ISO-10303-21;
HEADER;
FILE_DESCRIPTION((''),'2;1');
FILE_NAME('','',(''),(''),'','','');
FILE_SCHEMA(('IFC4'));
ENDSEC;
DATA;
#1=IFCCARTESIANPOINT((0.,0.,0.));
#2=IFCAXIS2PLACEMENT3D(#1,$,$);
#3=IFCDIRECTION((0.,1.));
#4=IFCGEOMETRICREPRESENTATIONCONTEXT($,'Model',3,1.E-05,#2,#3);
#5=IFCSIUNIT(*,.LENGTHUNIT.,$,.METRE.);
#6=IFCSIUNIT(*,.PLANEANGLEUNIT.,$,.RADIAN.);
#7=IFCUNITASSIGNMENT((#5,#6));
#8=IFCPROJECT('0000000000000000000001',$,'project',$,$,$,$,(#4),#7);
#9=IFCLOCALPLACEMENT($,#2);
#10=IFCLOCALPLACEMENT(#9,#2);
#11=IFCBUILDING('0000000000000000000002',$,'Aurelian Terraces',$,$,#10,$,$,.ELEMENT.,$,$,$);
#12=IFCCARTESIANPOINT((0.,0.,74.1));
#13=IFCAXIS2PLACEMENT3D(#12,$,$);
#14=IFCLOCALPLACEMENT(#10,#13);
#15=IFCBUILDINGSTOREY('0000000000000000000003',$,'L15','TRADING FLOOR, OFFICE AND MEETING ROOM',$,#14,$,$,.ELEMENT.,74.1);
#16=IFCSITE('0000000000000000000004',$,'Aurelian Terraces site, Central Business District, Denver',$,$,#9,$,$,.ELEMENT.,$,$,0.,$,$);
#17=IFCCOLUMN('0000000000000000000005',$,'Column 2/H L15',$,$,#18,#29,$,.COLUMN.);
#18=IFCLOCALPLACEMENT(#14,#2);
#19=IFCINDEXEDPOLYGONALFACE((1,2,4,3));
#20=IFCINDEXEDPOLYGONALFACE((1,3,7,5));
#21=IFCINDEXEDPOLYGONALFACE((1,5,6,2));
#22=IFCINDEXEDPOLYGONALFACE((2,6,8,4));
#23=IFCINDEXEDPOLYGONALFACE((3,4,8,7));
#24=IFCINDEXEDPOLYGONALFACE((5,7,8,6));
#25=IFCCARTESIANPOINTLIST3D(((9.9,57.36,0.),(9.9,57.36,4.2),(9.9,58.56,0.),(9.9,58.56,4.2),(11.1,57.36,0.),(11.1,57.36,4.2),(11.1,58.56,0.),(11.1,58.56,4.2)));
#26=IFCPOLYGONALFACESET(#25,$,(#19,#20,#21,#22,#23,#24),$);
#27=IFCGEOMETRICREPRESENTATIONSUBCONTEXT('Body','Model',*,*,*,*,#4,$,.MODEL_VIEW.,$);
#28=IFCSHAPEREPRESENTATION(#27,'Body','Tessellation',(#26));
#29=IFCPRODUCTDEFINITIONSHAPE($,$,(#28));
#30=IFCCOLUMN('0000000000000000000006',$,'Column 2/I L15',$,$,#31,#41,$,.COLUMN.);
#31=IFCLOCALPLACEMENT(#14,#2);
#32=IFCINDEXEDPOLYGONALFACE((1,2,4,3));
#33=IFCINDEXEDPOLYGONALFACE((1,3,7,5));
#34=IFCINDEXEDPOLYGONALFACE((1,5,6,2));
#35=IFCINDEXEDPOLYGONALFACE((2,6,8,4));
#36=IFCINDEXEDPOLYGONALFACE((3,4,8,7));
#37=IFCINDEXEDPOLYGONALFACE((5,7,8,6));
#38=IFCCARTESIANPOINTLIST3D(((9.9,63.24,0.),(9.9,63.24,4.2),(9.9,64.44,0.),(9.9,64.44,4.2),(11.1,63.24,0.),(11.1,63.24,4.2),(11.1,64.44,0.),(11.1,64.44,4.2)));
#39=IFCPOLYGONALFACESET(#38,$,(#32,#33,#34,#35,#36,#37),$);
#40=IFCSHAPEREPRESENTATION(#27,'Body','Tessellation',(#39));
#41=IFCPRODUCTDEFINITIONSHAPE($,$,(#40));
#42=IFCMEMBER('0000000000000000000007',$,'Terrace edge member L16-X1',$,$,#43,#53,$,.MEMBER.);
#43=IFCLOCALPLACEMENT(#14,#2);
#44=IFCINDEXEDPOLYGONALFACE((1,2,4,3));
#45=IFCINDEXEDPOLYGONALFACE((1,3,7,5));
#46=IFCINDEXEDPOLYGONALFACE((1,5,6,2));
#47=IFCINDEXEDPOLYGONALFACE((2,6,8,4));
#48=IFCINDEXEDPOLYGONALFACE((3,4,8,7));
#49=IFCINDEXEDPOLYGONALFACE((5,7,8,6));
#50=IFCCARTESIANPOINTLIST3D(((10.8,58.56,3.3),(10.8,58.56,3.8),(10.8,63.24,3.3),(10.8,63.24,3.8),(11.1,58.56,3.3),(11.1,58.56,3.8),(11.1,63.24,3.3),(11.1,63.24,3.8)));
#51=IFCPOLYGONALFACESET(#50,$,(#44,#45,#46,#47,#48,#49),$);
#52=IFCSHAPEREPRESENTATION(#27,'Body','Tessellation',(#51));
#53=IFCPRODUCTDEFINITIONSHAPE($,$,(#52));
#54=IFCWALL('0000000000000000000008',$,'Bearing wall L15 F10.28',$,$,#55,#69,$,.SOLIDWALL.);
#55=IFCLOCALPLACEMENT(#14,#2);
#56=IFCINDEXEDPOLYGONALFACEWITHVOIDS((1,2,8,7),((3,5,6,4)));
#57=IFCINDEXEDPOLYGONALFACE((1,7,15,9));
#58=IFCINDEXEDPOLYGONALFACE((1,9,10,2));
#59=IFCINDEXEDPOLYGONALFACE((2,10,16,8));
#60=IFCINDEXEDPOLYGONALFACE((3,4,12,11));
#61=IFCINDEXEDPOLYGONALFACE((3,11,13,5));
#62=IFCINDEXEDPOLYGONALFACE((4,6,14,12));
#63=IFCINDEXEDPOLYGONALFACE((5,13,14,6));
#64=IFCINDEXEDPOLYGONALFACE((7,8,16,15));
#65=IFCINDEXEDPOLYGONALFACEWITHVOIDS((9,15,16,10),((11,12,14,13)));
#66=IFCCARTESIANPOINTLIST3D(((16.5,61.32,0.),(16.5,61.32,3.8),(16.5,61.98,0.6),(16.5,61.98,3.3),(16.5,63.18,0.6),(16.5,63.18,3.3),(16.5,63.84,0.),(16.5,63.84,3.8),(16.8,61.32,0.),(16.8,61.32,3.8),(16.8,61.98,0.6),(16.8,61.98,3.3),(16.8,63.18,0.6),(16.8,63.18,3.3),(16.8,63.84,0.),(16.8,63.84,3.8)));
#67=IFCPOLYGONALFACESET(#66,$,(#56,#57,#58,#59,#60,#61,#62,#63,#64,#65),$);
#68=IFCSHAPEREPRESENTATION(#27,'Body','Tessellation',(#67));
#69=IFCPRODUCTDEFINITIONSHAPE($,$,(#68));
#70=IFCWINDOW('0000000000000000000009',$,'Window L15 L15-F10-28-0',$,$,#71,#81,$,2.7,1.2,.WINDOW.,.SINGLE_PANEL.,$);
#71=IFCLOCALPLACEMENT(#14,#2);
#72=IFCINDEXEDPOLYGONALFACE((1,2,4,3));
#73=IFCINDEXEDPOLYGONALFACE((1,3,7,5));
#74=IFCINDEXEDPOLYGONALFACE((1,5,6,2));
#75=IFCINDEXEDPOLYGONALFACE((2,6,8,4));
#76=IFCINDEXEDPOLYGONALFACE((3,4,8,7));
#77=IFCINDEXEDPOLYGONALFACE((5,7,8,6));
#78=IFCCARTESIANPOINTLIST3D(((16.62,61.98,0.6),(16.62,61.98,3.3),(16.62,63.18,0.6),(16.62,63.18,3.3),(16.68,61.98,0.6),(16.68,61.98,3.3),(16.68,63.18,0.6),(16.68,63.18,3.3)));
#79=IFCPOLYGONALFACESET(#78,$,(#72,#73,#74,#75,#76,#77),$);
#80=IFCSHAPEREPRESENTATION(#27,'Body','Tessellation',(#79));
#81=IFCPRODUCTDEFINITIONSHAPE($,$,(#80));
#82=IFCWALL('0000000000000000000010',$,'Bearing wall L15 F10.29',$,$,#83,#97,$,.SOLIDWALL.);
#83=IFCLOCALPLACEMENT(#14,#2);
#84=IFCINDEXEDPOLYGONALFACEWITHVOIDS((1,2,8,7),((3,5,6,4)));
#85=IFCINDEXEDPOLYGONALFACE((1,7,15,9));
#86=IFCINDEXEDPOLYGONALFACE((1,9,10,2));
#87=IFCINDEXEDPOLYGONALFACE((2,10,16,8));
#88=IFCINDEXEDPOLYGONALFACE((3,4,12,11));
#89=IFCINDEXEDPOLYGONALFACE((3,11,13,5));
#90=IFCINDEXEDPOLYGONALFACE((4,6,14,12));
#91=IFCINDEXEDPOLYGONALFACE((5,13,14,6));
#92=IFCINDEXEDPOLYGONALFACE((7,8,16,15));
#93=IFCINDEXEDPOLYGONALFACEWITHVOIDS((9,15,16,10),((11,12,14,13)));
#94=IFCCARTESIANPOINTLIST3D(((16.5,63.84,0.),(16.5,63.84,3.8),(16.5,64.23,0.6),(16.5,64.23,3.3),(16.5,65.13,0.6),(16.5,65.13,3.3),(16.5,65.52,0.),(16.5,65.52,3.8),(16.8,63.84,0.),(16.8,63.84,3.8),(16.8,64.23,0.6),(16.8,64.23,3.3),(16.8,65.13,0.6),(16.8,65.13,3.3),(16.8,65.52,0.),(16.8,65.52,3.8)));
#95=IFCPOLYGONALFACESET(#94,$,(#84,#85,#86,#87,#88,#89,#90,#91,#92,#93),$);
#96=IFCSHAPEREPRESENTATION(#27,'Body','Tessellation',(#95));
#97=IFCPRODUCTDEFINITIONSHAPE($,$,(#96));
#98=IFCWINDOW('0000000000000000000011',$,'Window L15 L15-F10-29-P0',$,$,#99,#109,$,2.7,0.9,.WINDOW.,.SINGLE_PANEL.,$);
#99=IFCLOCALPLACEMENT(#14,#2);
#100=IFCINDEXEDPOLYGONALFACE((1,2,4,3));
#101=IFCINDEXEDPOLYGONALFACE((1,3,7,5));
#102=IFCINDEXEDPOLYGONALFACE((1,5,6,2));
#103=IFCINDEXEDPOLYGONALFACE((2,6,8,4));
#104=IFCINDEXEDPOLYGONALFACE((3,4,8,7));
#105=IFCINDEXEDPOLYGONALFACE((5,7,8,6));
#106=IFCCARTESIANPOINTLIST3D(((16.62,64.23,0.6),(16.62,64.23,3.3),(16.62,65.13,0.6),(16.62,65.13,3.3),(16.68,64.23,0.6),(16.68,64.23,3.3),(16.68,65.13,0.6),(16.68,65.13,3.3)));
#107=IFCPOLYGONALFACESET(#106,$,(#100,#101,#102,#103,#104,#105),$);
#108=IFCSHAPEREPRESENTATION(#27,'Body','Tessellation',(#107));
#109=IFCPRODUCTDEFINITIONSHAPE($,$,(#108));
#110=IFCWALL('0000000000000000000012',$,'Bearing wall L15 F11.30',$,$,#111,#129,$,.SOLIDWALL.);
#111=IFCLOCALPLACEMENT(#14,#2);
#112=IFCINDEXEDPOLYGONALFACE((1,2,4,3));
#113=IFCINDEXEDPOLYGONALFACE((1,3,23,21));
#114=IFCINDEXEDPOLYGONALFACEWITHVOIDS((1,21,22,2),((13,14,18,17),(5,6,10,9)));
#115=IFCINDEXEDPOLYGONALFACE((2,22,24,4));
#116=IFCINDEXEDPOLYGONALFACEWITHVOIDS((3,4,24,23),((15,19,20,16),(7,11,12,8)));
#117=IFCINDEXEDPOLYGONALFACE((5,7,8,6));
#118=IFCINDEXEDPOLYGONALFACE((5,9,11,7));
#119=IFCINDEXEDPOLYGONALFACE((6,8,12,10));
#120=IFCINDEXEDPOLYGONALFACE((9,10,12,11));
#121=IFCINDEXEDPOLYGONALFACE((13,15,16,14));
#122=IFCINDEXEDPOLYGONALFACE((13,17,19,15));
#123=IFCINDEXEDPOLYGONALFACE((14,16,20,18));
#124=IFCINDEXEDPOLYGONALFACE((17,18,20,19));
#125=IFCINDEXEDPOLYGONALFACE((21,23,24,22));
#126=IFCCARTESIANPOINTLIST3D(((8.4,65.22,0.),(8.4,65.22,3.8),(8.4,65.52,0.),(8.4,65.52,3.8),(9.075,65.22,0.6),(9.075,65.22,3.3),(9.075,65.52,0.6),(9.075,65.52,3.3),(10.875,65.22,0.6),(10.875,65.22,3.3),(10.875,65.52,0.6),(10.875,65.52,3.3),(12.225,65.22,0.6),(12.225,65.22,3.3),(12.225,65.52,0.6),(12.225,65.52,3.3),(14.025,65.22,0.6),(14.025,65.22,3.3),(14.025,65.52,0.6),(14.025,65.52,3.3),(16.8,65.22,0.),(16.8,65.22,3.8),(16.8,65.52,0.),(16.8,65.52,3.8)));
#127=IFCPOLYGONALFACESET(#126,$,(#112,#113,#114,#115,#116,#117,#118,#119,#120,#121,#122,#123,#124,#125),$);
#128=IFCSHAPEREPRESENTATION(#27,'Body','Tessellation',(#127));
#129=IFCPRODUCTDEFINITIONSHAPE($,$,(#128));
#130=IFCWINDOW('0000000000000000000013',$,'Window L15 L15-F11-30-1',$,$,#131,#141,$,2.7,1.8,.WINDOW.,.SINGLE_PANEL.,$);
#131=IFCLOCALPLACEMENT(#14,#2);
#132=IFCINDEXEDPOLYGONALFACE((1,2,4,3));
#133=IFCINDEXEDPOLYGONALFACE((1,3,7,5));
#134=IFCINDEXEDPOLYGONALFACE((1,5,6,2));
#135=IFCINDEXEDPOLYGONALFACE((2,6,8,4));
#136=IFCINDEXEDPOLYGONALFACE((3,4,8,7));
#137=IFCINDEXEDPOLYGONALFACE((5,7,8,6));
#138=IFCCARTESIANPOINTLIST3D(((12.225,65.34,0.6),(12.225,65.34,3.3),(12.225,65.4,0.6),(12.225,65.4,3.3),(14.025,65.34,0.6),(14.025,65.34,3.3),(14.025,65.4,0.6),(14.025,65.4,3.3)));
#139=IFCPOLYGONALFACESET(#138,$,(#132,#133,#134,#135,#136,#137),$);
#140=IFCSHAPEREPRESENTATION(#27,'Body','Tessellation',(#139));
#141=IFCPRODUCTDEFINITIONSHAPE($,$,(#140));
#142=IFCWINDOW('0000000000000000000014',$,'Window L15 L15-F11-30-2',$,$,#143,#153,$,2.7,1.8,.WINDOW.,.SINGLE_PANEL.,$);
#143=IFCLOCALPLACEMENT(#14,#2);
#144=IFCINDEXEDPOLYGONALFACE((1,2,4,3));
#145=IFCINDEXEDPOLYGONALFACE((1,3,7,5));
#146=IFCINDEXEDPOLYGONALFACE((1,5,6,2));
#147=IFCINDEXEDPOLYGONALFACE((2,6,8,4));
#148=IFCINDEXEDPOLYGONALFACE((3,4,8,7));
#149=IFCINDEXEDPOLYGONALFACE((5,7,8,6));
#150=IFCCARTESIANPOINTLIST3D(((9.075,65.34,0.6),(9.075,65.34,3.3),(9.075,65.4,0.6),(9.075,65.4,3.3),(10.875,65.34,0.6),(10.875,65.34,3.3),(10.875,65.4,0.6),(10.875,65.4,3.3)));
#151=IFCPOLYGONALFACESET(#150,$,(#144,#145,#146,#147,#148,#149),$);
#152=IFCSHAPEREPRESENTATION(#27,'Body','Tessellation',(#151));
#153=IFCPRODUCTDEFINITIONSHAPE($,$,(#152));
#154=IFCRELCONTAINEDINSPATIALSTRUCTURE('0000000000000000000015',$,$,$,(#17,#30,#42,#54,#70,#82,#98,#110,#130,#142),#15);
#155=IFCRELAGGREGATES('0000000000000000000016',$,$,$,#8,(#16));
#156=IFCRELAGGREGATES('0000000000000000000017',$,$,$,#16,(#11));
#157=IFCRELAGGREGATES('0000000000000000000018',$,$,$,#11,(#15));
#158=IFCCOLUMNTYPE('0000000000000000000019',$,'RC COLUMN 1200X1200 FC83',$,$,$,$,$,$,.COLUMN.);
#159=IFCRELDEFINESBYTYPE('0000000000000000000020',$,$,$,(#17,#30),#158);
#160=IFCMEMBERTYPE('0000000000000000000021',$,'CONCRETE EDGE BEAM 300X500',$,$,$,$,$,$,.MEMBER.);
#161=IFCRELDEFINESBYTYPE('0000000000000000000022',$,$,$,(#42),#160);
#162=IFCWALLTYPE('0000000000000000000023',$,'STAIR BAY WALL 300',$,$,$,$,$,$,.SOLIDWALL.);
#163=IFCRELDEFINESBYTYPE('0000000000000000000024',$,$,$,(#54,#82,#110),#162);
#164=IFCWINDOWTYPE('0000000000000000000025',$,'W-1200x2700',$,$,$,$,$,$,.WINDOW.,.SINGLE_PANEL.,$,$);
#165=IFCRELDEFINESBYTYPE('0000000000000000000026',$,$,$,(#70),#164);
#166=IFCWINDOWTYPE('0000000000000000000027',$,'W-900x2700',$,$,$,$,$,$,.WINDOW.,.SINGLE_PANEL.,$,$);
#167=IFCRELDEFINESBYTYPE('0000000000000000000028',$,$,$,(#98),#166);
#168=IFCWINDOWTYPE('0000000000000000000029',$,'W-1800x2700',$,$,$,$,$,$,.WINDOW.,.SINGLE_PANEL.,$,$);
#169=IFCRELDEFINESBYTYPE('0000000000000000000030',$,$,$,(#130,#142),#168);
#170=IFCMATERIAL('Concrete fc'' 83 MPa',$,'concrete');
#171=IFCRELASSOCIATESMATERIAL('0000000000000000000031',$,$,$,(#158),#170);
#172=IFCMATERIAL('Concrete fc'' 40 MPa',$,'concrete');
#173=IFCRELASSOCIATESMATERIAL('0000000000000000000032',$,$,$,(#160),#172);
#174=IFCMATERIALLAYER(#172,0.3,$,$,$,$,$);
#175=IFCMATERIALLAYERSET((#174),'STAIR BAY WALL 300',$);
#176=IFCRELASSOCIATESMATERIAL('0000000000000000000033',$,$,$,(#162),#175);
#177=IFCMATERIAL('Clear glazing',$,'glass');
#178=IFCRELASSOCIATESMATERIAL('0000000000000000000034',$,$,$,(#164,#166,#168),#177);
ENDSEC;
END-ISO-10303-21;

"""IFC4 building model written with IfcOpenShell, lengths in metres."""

from ifc_helpers import new_model, si_unit, direction, frame, frame_2d, origin, origin_2d, place, context, subcontext, project, spatial, rectangle, extrude, source, transform, mapped, material, layer, layer_set, material_profile, profile_set, type_object, element, fill, save


model = new_model("IFC4")

# Units and contexts
model_context = context("Model", 3, precision=1e-05, world=origin(), true_north=direction((0.0, 1.0)))
body_context = subcontext(model_context, "Body", "Model", "MODEL_VIEW")
ifc_project = project(units=[si_unit("LENGTHUNIT", "METRE"), si_unit("PLANEANGLEUNIT", "RADIAN")], contexts=[model_context])

# Site, building, storey
site_placement = place(None, origin())
site = spatial("IfcSite", under=ifc_project, at=site_placement, Name="Aurelian Terraces site, Central Business District, Denver", CompositionType="ELEMENT", RefElevation=0.0)
building_placement = place(site_placement, origin())
building = spatial("IfcBuilding", under=site, at=building_placement, Name="Aurelian Terraces", CompositionType="ELEMENT")
storey_placement = place(building_placement, frame((0.0, 0.0, 74.1)))
storey = spatial("IfcBuildingStorey", under=building, at=storey_placement, Name="L15", Description="TRADING FLOOR, OFFICE AND MEETING ROOM", CompositionType="ELEMENT", Elevation=74.1)

# Columns
ifc_material_1 = material(Name="Concrete fc' 83 MPa", Category="concrete")
ifc_material_profile_1 = material_profile(ifc_material_1, rectangle(XDim=1.2, YDim=1.2, at=origin_2d()))
ifc_profile_set_1 = profile_set([ifc_material_profile_1], Name="Concrete fc' 83 MPa")
column_type = type_object("IfcColumnType", Name="RC COLUMN 1200X1200 FC83", PredefinedType="COLUMN", material=ifc_profile_set_1)
shared_shape_1 = source(origin(), body_context, "Body", "SweptSolid", [
    extrude(rectangle(XDim=1.2, YDim=1.2, at=origin_2d()), origin(), (0.0, 0.0, 1.0), 4.2),
])
for number, where, z_axis, x_axis, name in (
    (1, (10.5, 57.96, 0.0), (0.0, 0.0, 1.0), (1.0, 0.0, 0.0), "Column 2/H L15"),
    (2, (10.5, 63.84, 0.0), (0.0, 0.0, 1.0), (1.0, 0.0, 0.0), "Column 2/I L15"),
):
    element("IfcColumn", number, at=place(storey_placement, frame(where, z_axis=z_axis, x_axis=x_axis)), inside=storey, type_object=column_type, Name=name, PredefinedType="COLUMN", context=body_context, shape_type="MappedRepresentation", body=[
        mapped(shared_shape_1, transform((0.0, 0.0, 0.0), scale=1.0)),
    ])

# Member
ifc_material_2 = material(Name="Concrete fc' 40 MPa", Category="concrete")
ifc_material_profile_2 = material_profile(ifc_material_2, rectangle(XDim=0.3, YDim=0.5, at=origin_2d()))
ifc_profile_set_2 = profile_set([ifc_material_profile_2], Name="Concrete fc' 40 MPa")
member_type = type_object("IfcMemberType", Name="CONCRETE EDGE BEAM 300X500", PredefinedType="MEMBER", material=ifc_profile_set_2)
member_placement = place(storey_placement, frame((10.95, 63.24, 3.55), z_axis=(0.0, -1.0, 0.0), x_axis=(1.0, 0.0, 0.0)))
element("IfcMember", 3, at=member_placement, inside=storey, type_object=member_type, Name="Terrace edge member L16-X1", PredefinedType="MEMBER", context=body_context, shape_type="SweptSolid", body=[
    extrude(rectangle(XDim=0.3, YDim=0.5, at=origin_2d()), origin(), (0.0, 0.0, 1.0), 4.68),
])

# Walls, openings, windows
ifc_layer_1 = layer(ifc_material_2, 0.3)
ifc_layer_set_1 = layer_set([ifc_layer_1], Name="STAIR BAY WALL 300")
wall_type_1 = type_object("IfcWallType", Name="STAIR BAY WALL 300", PredefinedType="SOLIDWALL", material=ifc_layer_set_1)
wall_1_placement = place(storey_placement, frame((16.65, 61.32, 0.0), z_axis=(0.0, 0.0, 1.0), x_axis=(0.0, 1.0, 0.0)))
wall_1 = element("IfcWall", 4, at=wall_1_placement, inside=storey, type_object=wall_type_1, Name="Bearing wall L15 F10.28", PredefinedType="SOLIDWALL", context=body_context, shape_type="SweptSolid", body=[
    extrude(rectangle(XDim=2.52, YDim=0.3, at=frame_2d((1.26, 0.0))), origin(), (0.0, 0.0, 1.0), 3.8),
])
shared_shape_2 = source(origin(), body_context, "Body", "SweptSolid", [
    extrude(rectangle(XDim=1.2, YDim=2.7, at=frame_2d((0.6, 1.35))), frame((0.0, 0.16, 0.0), z_axis=(0.0, -1.0, 0.0), x_axis=(1.0, 0.0, 0.0)), (0.0, 0.0, 1.0), 0.32),
])
opening_1_placement = place(wall_1_placement, frame((0.66, 0.0, 0.6)))
opening_1 = element("IfcOpeningElement", 5, at=opening_1_placement, cuts=wall_1, PredefinedType="OPENING", context=body_context, shape_type="MappedRepresentation", body=[
    mapped(shared_shape_2, transform((0.0, 0.0, 0.0), scale=1.0)),
])
ifc_material_3 = material(Name="Clear glazing", Category="glass")
window_type_1 = type_object("IfcWindowType", Name="W-1200x2700", PartitioningType="SINGLE_PANEL", PredefinedType="WINDOW", material=ifc_material_3)
shared_shape_3 = source(origin(), body_context, "Body", "SweptSolid", [
    extrude(rectangle(XDim=1.2, YDim=2.7, at=frame_2d((0.6, 1.35))), frame((0.0, 0.03, 0.0), z_axis=(0.0, -1.0, 0.0), x_axis=(1.0, 0.0, 0.0)), (0.0, 0.0, 1.0), 0.06),
])
window_1_placement = place(opening_1_placement, origin())
window_1 = element("IfcWindow", 6, at=window_1_placement, inside=storey, type_object=window_type_1, Name="Window L15 L15-F10-28-0", OverallHeight=2.7, OverallWidth=1.2, PartitioningType="SINGLE_PANEL", PredefinedType="WINDOW", context=body_context, shape_type="MappedRepresentation", body=[
    mapped(shared_shape_3, transform((0.0, 0.0, 0.0), scale=1.0)),
])
fill(opening_1, window_1)
wall_2_placement = place(storey_placement, frame((16.65, 63.84, 0.0), z_axis=(0.0, 0.0, 1.0), x_axis=(0.0, 1.0, 0.0)))
wall_2 = element("IfcWall", 7, at=wall_2_placement, inside=storey, type_object=wall_type_1, Name="Bearing wall L15 F10.29", PredefinedType="SOLIDWALL", context=body_context, shape_type="SweptSolid", body=[
    extrude(rectangle(XDim=1.68, YDim=0.3, at=frame_2d((0.84, 0.0))), origin(), (0.0, 0.0, 1.0), 3.8),
])
shared_shape_4 = source(origin(), body_context, "Body", "SweptSolid", [
    extrude(rectangle(XDim=0.9, YDim=2.7, at=frame_2d((0.45, 1.35))), frame((0.0, 0.16, 0.0), z_axis=(0.0, -1.0, 0.0), x_axis=(1.0, 0.0, 0.0)), (0.0, 0.0, 1.0), 0.32),
])
opening_2_placement = place(wall_2_placement, frame((0.39, 0.0, 0.6)))
opening_2 = element("IfcOpeningElement", 8, at=opening_2_placement, cuts=wall_2, PredefinedType="OPENING", context=body_context, shape_type="MappedRepresentation", body=[
    mapped(shared_shape_4, transform((0.0, 0.0, 0.0), scale=1.0)),
])
window_type_2 = type_object("IfcWindowType", Name="W-900x2700", PartitioningType="SINGLE_PANEL", PredefinedType="WINDOW", material=ifc_material_3)
shared_shape_5 = source(origin(), body_context, "Body", "SweptSolid", [
    extrude(rectangle(XDim=0.9, YDim=2.7, at=frame_2d((0.45, 1.35))), frame((0.0, 0.03, 0.0), z_axis=(0.0, -1.0, 0.0), x_axis=(1.0, 0.0, 0.0)), (0.0, 0.0, 1.0), 0.06),
])
window_2_placement = place(opening_2_placement, origin())
window_2 = element("IfcWindow", 9, at=window_2_placement, inside=storey, type_object=window_type_2, Name="Window L15 L15-F10-29-P0", OverallHeight=2.7, OverallWidth=0.9, PartitioningType="SINGLE_PANEL", PredefinedType="WINDOW", context=body_context, shape_type="MappedRepresentation", body=[
    mapped(shared_shape_5, transform((0.0, 0.0, 0.0), scale=1.0)),
])
fill(opening_2, window_2)

# Wall, openings, windows
shared_shape_6 = source(origin(), body_context, "Body", "SweptSolid", [
    extrude(rectangle(XDim=8.4, YDim=0.3, at=frame_2d((4.2, 0.0))), origin(), (0.0, 0.0, 1.0), 3.8),
])
wall_3_placement = place(storey_placement, frame((16.8, 65.37, 0.0), z_axis=(0.0, 0.0, 1.0), x_axis=(-1.0, 0.0, 0.0)))
wall_3 = element("IfcWall", 10, at=wall_3_placement, inside=storey, type_object=wall_type_1, Name="Bearing wall L15 F11.30", PredefinedType="SOLIDWALL", context=body_context, shape_type="MappedRepresentation", body=[
    mapped(shared_shape_6, transform((0.0, 0.0, 0.0), scale=1.0)),
])
shared_shape_7 = source(origin(), body_context, "Body", "SweptSolid", [
    extrude(rectangle(XDim=1.8, YDim=2.7, at=frame_2d((0.9, 1.35))), frame((0.0, 0.16, 0.0), z_axis=(0.0, -1.0, 0.0), x_axis=(1.0, 0.0, 0.0)), (0.0, 0.0, 1.0), 0.32),
])
opening_3_placement = place(wall_3_placement, frame((2.775, 0.0, 0.6)))
opening_3 = element("IfcOpeningElement", 11, at=opening_3_placement, cuts=wall_3, PredefinedType="OPENING", context=body_context, shape_type="MappedRepresentation", body=[
    mapped(shared_shape_7, transform((0.0, 0.0, 0.0), scale=1.0)),
])
opening_4_placement = place(wall_3_placement, frame((5.925, 0.0, 0.6)))
opening_4 = element("IfcOpeningElement", 12, at=opening_4_placement, cuts=wall_3, PredefinedType="OPENING", context=body_context, shape_type="MappedRepresentation", body=[
    mapped(shared_shape_7, transform((0.0, 0.0, 0.0), scale=1.0)),
])
window_type_3 = type_object("IfcWindowType", Name="W-1800x2700", PartitioningType="SINGLE_PANEL", PredefinedType="WINDOW", material=ifc_material_3)
shared_shape_8 = source(origin(), body_context, "Body", "SweptSolid", [
    extrude(rectangle(XDim=1.8, YDim=2.7, at=frame_2d((0.9, 1.35))), frame((0.0, 0.03, 0.0), z_axis=(0.0, -1.0, 0.0), x_axis=(1.0, 0.0, 0.0)), (0.0, 0.0, 1.0), 0.06),
])
window_3_placement = place(opening_3_placement, origin())
window_3 = element("IfcWindow", 13, at=window_3_placement, inside=storey, type_object=window_type_3, Name="Window L15 L15-F11-30-1", OverallHeight=2.7, OverallWidth=1.8, PartitioningType="SINGLE_PANEL", PredefinedType="WINDOW", context=body_context, shape_type="MappedRepresentation", body=[
    mapped(shared_shape_8, transform((0.0, 0.0, 0.0), scale=1.0)),
])
fill(opening_3, window_3)
window_4_placement = place(opening_4_placement, origin())
window_4 = element("IfcWindow", 14, at=window_4_placement, inside=storey, type_object=window_type_3, Name="Window L15 L15-F11-30-2", OverallHeight=2.7, OverallWidth=1.8, PartitioningType="SINGLE_PANEL", PredefinedType="WINDOW", context=body_context, shape_type="MappedRepresentation", body=[
    mapped(shared_shape_8, transform((0.0, 0.0, 0.0), scale=1.0)),
])
fill(opening_4, window_4)

save(model, "model.ifc")
